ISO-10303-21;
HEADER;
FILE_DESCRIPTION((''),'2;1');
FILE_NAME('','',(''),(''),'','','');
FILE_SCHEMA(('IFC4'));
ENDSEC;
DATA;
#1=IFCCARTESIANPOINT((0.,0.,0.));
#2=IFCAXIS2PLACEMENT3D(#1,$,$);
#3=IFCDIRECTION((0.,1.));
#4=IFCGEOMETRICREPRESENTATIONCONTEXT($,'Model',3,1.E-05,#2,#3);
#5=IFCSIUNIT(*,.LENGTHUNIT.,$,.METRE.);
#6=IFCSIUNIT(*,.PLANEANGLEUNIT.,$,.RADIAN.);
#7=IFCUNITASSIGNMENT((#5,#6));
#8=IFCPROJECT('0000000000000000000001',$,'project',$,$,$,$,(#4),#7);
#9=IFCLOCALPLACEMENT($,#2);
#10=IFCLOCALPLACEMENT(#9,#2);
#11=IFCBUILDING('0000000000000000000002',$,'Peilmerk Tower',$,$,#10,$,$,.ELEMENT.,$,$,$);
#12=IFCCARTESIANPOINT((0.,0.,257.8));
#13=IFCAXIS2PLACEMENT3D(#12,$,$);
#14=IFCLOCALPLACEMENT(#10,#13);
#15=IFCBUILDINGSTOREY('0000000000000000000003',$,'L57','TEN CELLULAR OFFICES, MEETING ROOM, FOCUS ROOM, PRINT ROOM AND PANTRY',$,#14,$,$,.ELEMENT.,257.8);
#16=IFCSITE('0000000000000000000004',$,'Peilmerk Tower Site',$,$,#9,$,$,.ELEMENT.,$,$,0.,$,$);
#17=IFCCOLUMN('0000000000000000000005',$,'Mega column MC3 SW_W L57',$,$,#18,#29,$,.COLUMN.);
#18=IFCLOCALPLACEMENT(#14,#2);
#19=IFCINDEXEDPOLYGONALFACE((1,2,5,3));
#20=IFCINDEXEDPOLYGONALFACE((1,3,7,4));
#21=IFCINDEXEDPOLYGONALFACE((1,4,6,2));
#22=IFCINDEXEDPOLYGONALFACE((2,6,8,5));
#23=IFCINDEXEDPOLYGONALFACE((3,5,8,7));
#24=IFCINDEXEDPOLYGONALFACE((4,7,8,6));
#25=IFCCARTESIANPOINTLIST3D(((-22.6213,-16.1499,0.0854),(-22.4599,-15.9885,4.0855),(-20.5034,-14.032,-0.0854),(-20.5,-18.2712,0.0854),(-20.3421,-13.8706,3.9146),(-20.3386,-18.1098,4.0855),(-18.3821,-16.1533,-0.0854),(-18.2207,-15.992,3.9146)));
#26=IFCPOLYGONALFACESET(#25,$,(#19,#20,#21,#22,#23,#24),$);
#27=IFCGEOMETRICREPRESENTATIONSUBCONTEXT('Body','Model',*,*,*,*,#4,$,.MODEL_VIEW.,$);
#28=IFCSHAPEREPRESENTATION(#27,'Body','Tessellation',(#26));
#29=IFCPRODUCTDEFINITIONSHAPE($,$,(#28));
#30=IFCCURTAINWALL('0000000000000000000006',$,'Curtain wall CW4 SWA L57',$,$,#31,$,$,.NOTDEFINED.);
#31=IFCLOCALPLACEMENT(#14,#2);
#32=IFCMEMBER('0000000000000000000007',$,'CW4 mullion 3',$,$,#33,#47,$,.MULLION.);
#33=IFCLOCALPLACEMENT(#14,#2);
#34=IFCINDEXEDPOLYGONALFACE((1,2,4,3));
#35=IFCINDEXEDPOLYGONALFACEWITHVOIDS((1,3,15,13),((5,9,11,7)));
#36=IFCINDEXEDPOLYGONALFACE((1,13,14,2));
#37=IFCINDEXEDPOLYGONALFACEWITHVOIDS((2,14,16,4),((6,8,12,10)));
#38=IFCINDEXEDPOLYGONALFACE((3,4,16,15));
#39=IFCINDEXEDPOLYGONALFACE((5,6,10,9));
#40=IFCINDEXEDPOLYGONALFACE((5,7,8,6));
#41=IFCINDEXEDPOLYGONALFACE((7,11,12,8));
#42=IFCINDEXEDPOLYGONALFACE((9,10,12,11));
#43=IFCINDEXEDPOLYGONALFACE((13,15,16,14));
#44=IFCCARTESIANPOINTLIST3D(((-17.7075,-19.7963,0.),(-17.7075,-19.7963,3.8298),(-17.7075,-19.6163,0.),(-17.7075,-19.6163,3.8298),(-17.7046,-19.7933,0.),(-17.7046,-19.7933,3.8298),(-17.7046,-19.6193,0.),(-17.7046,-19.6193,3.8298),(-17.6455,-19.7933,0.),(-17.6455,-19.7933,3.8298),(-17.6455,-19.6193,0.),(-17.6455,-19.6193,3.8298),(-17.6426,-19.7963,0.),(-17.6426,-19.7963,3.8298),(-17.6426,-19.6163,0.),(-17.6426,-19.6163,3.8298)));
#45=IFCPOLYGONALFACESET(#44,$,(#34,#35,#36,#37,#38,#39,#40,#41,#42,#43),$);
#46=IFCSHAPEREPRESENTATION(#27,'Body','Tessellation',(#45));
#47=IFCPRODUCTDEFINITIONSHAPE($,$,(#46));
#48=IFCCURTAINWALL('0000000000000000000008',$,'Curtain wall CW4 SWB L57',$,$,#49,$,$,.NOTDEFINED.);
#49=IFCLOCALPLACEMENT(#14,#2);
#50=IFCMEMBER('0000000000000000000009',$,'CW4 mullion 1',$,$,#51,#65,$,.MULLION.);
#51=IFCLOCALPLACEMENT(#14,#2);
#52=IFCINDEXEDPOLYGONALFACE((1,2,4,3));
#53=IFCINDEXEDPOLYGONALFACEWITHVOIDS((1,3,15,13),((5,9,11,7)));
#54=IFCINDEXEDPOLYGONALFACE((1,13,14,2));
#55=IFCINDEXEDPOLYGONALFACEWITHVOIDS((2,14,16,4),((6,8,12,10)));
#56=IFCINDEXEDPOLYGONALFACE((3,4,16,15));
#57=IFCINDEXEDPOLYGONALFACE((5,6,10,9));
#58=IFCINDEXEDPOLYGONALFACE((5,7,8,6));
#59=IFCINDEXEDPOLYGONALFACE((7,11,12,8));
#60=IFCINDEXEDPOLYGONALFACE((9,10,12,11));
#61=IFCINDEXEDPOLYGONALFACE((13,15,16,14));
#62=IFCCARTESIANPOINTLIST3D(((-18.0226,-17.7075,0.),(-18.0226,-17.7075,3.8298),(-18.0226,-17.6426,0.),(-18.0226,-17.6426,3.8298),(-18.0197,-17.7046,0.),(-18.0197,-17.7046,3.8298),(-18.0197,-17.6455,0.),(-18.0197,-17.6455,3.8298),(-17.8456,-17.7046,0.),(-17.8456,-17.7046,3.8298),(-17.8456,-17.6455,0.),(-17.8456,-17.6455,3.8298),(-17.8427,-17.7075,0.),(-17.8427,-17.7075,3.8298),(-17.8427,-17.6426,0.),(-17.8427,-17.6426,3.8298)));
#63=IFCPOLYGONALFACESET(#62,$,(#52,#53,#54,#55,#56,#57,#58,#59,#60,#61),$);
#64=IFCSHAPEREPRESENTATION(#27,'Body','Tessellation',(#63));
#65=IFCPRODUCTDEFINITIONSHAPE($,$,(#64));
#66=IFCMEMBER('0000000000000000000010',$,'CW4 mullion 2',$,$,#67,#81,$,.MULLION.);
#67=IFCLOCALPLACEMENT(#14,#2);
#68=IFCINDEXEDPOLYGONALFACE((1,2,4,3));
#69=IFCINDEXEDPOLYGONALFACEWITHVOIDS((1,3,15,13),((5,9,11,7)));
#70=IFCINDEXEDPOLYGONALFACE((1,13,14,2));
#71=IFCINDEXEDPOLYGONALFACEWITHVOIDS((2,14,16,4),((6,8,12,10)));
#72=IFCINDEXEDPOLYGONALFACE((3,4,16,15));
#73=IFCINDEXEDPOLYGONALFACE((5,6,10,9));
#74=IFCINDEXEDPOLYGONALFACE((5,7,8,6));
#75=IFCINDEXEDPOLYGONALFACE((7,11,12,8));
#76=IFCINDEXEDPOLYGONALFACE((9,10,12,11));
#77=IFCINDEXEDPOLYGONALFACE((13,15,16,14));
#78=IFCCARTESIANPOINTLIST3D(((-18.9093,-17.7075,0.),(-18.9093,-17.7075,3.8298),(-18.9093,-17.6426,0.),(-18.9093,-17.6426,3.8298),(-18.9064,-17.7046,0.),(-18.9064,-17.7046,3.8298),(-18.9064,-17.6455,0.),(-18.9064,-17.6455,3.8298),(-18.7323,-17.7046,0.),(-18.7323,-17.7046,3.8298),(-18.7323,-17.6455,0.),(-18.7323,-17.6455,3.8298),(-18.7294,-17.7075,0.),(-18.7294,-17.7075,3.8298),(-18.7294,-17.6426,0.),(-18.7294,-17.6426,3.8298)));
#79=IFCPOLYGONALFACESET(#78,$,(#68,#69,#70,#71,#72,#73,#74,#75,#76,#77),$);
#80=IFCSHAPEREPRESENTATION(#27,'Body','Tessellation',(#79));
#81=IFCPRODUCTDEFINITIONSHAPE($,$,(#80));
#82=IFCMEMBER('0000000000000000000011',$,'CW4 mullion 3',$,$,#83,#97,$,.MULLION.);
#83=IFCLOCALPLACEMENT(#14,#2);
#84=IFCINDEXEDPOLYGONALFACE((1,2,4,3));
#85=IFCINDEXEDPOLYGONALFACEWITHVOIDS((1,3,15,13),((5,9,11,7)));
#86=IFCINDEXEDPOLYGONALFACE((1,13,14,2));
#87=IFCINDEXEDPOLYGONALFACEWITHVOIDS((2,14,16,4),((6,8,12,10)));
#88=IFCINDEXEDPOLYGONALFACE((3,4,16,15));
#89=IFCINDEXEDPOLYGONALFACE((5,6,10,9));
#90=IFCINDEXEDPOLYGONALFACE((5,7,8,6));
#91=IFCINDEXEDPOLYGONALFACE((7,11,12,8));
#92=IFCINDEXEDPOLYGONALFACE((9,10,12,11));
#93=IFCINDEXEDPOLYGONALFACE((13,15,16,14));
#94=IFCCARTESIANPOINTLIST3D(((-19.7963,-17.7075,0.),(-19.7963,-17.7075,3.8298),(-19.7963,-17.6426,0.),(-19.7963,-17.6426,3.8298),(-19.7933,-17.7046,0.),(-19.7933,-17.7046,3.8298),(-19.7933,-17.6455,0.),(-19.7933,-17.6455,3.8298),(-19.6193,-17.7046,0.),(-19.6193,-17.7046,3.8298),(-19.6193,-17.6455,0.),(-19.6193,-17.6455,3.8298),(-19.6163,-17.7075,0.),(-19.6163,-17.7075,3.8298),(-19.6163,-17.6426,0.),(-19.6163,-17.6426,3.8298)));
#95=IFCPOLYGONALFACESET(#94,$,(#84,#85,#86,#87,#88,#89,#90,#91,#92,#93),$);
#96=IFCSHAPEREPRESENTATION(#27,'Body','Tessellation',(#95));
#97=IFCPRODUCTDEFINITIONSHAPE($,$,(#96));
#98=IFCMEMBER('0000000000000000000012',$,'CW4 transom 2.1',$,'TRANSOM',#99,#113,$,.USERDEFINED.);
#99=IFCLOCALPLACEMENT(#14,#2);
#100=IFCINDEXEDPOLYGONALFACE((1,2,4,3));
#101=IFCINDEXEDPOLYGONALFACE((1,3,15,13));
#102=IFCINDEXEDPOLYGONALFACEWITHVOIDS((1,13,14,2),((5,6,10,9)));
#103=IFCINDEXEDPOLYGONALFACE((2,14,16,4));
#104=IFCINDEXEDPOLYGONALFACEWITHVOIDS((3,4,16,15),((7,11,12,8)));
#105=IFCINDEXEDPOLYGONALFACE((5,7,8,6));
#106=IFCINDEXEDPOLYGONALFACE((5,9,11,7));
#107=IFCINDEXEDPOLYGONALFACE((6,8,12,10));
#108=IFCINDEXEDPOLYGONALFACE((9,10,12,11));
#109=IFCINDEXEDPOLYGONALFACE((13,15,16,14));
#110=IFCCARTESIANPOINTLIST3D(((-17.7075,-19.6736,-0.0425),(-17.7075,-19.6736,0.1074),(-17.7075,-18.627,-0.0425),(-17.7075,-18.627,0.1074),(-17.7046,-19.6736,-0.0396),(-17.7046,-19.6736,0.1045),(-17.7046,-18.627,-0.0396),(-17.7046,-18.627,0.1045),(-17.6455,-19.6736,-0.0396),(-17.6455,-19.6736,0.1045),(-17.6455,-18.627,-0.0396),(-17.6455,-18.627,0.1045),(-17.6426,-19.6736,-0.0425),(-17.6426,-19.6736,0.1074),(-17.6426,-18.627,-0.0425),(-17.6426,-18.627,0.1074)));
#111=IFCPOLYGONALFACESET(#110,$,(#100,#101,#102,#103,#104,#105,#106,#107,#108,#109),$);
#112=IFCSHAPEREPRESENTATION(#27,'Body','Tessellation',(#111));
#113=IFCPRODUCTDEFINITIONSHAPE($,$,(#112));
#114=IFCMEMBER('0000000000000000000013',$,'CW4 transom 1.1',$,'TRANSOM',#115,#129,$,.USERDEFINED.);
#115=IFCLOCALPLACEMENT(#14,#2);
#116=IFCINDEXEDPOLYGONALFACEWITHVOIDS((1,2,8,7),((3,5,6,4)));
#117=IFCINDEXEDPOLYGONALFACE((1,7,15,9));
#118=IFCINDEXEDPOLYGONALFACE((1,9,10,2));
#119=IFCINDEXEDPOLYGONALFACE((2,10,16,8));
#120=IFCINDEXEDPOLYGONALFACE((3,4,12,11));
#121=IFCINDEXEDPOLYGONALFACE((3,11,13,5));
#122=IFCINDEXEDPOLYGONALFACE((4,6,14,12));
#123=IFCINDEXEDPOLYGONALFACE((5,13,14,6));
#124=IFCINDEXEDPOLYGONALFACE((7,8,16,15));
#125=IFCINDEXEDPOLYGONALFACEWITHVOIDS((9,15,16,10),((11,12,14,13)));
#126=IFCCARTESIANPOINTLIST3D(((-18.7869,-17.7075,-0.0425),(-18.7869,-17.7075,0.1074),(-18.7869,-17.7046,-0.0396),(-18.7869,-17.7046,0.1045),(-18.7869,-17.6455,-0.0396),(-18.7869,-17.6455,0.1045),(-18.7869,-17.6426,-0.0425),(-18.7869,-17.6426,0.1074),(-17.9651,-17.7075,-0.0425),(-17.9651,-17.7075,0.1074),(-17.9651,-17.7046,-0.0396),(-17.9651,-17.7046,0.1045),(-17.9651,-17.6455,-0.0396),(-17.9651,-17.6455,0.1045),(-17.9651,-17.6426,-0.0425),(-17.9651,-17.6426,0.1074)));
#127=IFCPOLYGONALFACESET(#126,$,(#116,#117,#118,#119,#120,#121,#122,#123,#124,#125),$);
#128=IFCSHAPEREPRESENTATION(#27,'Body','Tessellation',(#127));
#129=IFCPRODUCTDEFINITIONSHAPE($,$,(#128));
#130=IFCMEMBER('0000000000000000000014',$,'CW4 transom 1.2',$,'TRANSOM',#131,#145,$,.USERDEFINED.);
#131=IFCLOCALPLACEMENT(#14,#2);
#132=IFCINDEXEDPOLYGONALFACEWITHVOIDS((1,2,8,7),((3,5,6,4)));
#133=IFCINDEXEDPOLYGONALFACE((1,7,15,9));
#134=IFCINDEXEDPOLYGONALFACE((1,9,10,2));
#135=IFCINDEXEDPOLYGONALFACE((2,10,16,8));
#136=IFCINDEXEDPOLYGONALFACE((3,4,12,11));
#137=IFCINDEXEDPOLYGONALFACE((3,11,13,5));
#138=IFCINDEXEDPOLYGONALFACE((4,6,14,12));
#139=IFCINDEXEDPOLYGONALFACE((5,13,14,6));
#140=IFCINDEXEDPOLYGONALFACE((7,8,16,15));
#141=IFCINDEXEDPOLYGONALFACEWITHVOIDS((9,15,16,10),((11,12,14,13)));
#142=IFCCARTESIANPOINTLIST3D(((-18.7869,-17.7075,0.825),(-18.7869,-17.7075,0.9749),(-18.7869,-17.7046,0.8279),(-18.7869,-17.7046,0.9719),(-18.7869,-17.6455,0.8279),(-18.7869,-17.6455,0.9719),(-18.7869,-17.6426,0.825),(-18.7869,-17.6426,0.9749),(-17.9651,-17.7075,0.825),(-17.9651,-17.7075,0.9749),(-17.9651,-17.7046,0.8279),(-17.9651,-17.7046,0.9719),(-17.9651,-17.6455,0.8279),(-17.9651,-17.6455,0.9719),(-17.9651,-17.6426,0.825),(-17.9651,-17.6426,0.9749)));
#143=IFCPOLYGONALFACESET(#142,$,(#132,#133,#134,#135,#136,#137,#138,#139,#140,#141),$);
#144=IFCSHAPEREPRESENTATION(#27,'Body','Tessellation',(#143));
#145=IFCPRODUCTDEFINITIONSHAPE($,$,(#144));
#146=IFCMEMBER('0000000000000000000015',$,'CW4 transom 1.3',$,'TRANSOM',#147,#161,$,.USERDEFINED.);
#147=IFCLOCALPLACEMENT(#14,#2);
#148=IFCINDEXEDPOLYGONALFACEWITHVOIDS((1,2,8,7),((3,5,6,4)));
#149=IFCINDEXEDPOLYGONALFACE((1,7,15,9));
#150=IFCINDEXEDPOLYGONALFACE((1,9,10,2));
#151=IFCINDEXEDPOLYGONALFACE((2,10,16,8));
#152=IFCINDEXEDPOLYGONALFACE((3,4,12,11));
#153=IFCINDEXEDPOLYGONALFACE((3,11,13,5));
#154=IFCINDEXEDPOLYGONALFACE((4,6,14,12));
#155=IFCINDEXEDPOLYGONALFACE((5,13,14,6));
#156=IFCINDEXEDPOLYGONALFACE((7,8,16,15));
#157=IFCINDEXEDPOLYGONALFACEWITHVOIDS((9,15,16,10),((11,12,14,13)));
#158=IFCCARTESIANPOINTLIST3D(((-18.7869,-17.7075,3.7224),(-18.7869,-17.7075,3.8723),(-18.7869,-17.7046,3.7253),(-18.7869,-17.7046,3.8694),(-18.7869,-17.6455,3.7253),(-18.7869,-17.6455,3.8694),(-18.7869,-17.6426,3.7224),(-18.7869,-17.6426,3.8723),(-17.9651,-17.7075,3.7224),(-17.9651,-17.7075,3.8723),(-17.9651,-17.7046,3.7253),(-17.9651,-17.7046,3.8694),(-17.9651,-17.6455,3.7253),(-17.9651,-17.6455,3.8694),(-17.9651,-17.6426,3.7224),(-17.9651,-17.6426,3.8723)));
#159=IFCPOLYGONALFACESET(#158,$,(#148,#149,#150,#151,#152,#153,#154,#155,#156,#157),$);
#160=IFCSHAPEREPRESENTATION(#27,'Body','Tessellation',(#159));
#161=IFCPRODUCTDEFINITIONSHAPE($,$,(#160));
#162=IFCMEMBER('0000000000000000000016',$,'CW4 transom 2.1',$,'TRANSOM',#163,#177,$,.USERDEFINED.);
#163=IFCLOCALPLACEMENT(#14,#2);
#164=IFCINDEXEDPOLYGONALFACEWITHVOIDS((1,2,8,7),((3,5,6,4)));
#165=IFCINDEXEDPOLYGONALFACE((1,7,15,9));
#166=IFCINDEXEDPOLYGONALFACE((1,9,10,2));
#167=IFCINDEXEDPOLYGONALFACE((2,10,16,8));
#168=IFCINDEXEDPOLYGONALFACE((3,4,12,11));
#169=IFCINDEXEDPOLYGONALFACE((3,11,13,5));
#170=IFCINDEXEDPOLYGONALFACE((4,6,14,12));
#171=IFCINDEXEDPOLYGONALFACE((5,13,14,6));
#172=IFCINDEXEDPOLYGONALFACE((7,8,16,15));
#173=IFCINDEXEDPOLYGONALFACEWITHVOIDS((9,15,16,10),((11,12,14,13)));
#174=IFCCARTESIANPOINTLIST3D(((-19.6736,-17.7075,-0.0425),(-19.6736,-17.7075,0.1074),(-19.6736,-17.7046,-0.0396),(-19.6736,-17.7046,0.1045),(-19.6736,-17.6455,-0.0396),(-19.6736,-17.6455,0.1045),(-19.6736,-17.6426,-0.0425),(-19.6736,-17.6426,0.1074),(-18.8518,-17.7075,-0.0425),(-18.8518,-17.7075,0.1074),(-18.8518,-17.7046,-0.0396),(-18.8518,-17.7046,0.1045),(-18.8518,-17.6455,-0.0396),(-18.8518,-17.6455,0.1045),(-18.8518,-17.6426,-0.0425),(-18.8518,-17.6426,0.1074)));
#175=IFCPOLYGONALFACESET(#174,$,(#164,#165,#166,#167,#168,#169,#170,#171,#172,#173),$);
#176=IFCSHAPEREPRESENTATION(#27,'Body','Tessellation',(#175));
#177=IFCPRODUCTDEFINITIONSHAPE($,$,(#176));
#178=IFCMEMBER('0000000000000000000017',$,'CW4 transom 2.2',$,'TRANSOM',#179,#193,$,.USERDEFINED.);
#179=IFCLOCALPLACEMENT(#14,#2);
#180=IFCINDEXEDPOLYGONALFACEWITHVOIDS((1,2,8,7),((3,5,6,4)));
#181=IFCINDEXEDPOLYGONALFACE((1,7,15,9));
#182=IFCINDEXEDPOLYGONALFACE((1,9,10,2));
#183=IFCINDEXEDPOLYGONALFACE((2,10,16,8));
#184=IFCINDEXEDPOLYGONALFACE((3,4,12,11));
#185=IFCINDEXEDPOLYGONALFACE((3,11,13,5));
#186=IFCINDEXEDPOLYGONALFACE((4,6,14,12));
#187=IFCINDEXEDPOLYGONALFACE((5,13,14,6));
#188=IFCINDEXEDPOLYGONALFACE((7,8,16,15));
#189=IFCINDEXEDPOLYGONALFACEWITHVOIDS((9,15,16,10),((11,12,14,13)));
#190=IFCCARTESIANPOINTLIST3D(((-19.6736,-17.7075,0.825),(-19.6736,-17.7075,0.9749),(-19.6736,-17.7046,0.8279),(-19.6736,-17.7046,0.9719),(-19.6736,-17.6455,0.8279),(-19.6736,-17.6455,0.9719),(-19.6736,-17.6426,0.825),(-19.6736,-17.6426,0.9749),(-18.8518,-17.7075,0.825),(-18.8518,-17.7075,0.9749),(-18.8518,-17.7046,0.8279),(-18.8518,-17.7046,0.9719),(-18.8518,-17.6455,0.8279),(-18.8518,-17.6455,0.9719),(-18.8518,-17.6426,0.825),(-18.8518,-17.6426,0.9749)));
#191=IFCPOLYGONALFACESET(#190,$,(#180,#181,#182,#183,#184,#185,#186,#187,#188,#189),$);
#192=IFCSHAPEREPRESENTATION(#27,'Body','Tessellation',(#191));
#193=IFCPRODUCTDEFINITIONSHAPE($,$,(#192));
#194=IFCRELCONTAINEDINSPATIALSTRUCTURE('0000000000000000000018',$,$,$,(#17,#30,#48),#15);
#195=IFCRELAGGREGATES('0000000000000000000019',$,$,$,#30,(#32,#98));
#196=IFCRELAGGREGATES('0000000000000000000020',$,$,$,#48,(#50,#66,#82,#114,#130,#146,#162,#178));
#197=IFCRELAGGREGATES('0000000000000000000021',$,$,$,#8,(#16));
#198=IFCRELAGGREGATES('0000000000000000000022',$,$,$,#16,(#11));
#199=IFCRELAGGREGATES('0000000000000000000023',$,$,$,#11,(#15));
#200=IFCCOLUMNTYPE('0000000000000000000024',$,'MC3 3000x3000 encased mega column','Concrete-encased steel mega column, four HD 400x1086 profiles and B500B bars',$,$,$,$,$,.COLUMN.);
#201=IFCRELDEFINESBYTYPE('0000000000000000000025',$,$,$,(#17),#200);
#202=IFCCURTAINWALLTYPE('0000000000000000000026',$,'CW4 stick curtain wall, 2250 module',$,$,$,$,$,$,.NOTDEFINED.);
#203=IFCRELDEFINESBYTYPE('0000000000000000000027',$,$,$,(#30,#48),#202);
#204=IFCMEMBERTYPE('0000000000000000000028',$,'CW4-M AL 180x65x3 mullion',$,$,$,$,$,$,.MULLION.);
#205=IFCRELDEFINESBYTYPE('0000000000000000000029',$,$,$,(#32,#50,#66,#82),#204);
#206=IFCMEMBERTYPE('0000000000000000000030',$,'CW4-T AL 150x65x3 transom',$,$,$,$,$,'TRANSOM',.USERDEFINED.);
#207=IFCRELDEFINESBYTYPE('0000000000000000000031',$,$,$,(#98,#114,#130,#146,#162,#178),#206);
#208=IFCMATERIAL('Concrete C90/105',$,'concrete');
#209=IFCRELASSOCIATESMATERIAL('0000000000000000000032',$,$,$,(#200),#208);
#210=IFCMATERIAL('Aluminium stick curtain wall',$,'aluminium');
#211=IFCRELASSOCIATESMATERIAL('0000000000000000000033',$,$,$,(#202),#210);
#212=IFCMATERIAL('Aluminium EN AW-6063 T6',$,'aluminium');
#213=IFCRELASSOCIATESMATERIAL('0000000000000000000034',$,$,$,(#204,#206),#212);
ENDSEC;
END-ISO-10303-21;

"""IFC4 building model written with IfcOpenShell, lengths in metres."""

from ifc_helpers import new_model, si_unit, direction, frame, origin, origin_2d, place, context, subcontext, project, spatial, rectangle, hollow_rectangle, extrude, material, material_profile, profile_set, type_object, element, aggregate, save


model = new_model("IFC4")

# Units and contexts
model_context = context("Model", 3, precision=1e-05, world=origin(), true_north=direction((0.0, 1.0)))
body_context = subcontext(model_context, "Body", "Model", "MODEL_VIEW")
ifc_project = project(units=[si_unit("LENGTHUNIT", "METRE"), si_unit("PLANEANGLEUNIT", "RADIAN")], contexts=[model_context])

# Site, building, storey
site_placement = place(None, origin())
site = spatial("IfcSite", under=ifc_project, at=site_placement, Name="Peilmerk Tower Site", CompositionType="ELEMENT", RefElevation=0.0)
building_placement = place(site_placement, origin())
building = spatial("IfcBuilding", under=site, at=building_placement, Name="Peilmerk Tower", CompositionType="ELEMENT")
storey_placement = place(building_placement, frame((0.0, 0.0, 257.8)))
storey = spatial("IfcBuildingStorey", under=building, at=storey_placement, Name="L57", Description="TEN CELLULAR OFFICES, MEETING ROOM, FOCUS ROOM, PRINT ROOM AND PANTRY", CompositionType="ELEMENT", Elevation=257.8)

# Column
ifc_material_1 = material(Name="Concrete C90/105", Category="concrete")
ifc_material_profile_1 = material_profile(ifc_material_1, rectangle(XDim=3.0, YDim=3.0, at=origin_2d()), Name="RC 3000x3000")
ifc_profile_set_1 = profile_set([ifc_material_profile_1], Name="Concrete C90/105")
column_type = type_object("IfcColumnType", Name="MC3 3000x3000 encased mega column", Description="Concrete-encased steel mega column, four HD 400x1086 profiles and B500B bars", PredefinedType="COLUMN", material=ifc_profile_set_1)
column_placement = place(storey_placement, frame((-20.5017, -16.1516, 0.0), z_axis=(0.040279, 0.040279, 0.998376), x_axis=(-0.707107, 0.707107, 0.0)))
element("IfcColumn", 1, at=column_placement, inside=storey, type_object=column_type, Name="Mega column MC3 SW_W L57", PredefinedType="COLUMN", context=body_context, shape_type="SweptSolid", body=[
    extrude(rectangle(XDim=3.0, YDim=3.0, at=origin_2d()), origin(), (0.0, 0.0, 1.0), 4.0066),
])

# Curtain wall, member
ifc_material_2 = material(Name="Aluminium stick curtain wall", Category="aluminium")
curtain_wall_type = type_object("IfcCurtainWallType", Name="CW4 stick curtain wall, 2250 module", PredefinedType="NOTDEFINED", material=ifc_material_2)
curtain_wall_1_placement = place(storey_placement, origin())
curtain_wall_1 = element("IfcCurtainWall", 2, at=curtain_wall_1_placement, inside=storey, type_object=curtain_wall_type, Name="Curtain wall CW4 SWA L57", PredefinedType="NOTDEFINED")
ifc_material_3 = material(Name="Aluminium EN AW-6063 T6", Category="aluminium")
ifc_material_profile_2 = material_profile(ifc_material_3, hollow_rectangle(XDim=0.0649, YDim=0.1799, WallThickness=0.0029, at=origin_2d()), Name="AL 180x65x3")
ifc_profile_set_2 = profile_set([ifc_material_profile_2], Name="Aluminium EN AW-6063 T6")
member_type_1 = type_object("IfcMemberType", Name="CW4-M AL 180x65x3 mullion", PredefinedType="MULLION", material=ifc_profile_set_2)
member_1_placement = place(storey_placement, frame((-17.675, -19.7063, 0.0), z_axis=(0.0, 0.0, 1.0), x_axis=(1.0, 0.0, 0.0)))
member_1 = element("IfcMember", 3, at=member_1_placement, type_object=member_type_1, Name="CW4 mullion 3", PredefinedType="MULLION", context=body_context, shape_type="SweptSolid", body=[
    extrude(hollow_rectangle(XDim=0.0649, YDim=0.1799, WallThickness=0.0029, at=origin_2d()), origin(), (0.0, 0.0, 1.0), 3.8298),
])

# Curtain wall, members
curtain_wall_2_placement = place(storey_placement, origin())
curtain_wall_2 = element("IfcCurtainWall", 4, at=curtain_wall_2_placement, inside=storey, type_object=curtain_wall_type, Name="Curtain wall CW4 SWB L57", PredefinedType="NOTDEFINED")
member_2_placement = place(storey_placement, frame((-17.9326, -17.675, 0.0), z_axis=(0.0, 0.0, 1.0), x_axis=(0.0, -1.0, 0.0)))
member_2 = element("IfcMember", 5, at=member_2_placement, type_object=member_type_1, Name="CW4 mullion 1", PredefinedType="MULLION", context=body_context, shape_type="SweptSolid", body=[
    extrude(hollow_rectangle(XDim=0.0649, YDim=0.1799, WallThickness=0.0029, at=origin_2d()), origin(), (0.0, 0.0, 1.0), 3.8298),
])
member_3_placement = place(storey_placement, frame((-18.8193, -17.675, 0.0), z_axis=(0.0, 0.0, 1.0), x_axis=(0.0, -1.0, 0.0)))
member_3 = element("IfcMember", 6, at=member_3_placement, type_object=member_type_1, Name="CW4 mullion 2", PredefinedType="MULLION", context=body_context, shape_type="SweptSolid", body=[
    extrude(hollow_rectangle(XDim=0.0649, YDim=0.1799, WallThickness=0.0029, at=origin_2d()), origin(), (0.0, 0.0, 1.0), 3.8298),
])
member_4_placement = place(storey_placement, frame((-19.7063, -17.675, 0.0), z_axis=(0.0, 0.0, 1.0), x_axis=(0.0, -1.0, 0.0)))
member_4 = element("IfcMember", 7, at=member_4_placement, type_object=member_type_1, Name="CW4 mullion 3", PredefinedType="MULLION", context=body_context, shape_type="SweptSolid", body=[
    extrude(hollow_rectangle(XDim=0.0649, YDim=0.1799, WallThickness=0.0029, at=origin_2d()), origin(), (0.0, 0.0, 1.0), 3.8298),
])

# Members
ifc_material_profile_3 = material_profile(ifc_material_3, hollow_rectangle(XDim=0.0649, YDim=0.1499, WallThickness=0.0029, at=origin_2d()), Name="AL 150x65x3")
ifc_profile_set_3 = profile_set([ifc_material_profile_3], Name="Aluminium EN AW-6063 T6")
member_type_2 = type_object("IfcMemberType", Name="CW4-T AL 150x65x3 transom", ElementType="TRANSOM", PredefinedType="USERDEFINED", material=ifc_profile_set_3)
member_5_placement = place(storey_placement, frame((-17.675, -18.627, 0.0325), z_axis=(0.0, -1.0, 0.0), x_axis=(1.0, 0.0, 0.0)))
member_5 = element("IfcMember", 8, at=member_5_placement, type_object=member_type_2, Name="CW4 transom 2.1", ObjectType="TRANSOM", PredefinedType="USERDEFINED", context=body_context, shape_type="SweptSolid", body=[
    extrude(hollow_rectangle(XDim=0.0649, YDim=0.1499, WallThickness=0.0029, at=origin_2d()), origin(), (0.0, 0.0, 1.0), 1.0466),
])
member_6_placement = place(storey_placement, frame((-17.9651, -17.675, 0.0325), z_axis=(-1.0, 0.0, 0.0), x_axis=(0.0, -1.0, 0.0)))
member_6 = element("IfcMember", 9, at=member_6_placement, type_object=member_type_2, Name="CW4 transom 1.1", ObjectType="TRANSOM", PredefinedType="USERDEFINED", context=body_context, shape_type="SweptSolid", body=[
    extrude(hollow_rectangle(XDim=0.0649, YDim=0.1499, WallThickness=0.0029, at=origin_2d()), origin(), (0.0, 0.0, 1.0), 0.8218),
])
member_7_placement = place(storey_placement, frame((-17.9651, -17.675, 0.8999), z_axis=(-1.0, 0.0, 0.0), x_axis=(0.0, -1.0, 0.0)))
member_7 = element("IfcMember", 10, at=member_7_placement, type_object=member_type_2, Name="CW4 transom 1.2", ObjectType="TRANSOM", PredefinedType="USERDEFINED", context=body_context, shape_type="SweptSolid", body=[
    extrude(hollow_rectangle(XDim=0.0649, YDim=0.1499, WallThickness=0.0029, at=origin_2d()), origin(), (0.0, 0.0, 1.0), 0.8218),
])
member_8_placement = place(storey_placement, frame((-17.9651, -17.675, 3.7974), z_axis=(-1.0, 0.0, 0.0), x_axis=(0.0, -1.0, 0.0)))
member_8 = element("IfcMember", 11, at=member_8_placement, type_object=member_type_2, Name="CW4 transom 1.3", ObjectType="TRANSOM", PredefinedType="USERDEFINED", context=body_context, shape_type="SweptSolid", body=[
    extrude(hollow_rectangle(XDim=0.0649, YDim=0.1499, WallThickness=0.0029, at=origin_2d()), origin(), (0.0, 0.0, 1.0), 0.8218),
])
member_9_placement = place(storey_placement, frame((-18.8518, -17.675, 0.0325), z_axis=(-1.0, 0.0, 0.0), x_axis=(0.0, -1.0, 0.0)))
member_9 = element("IfcMember", 12, at=member_9_placement, type_object=member_type_2, Name="CW4 transom 2.1", ObjectType="TRANSOM", PredefinedType="USERDEFINED", context=body_context, shape_type="SweptSolid", body=[
    extrude(hollow_rectangle(XDim=0.0649, YDim=0.1499, WallThickness=0.0029, at=origin_2d()), origin(), (0.0, 0.0, 1.0), 0.8218),
])
member_10_placement = place(storey_placement, frame((-18.8518, -17.675, 0.8999), z_axis=(-1.0, 0.0, 0.0), x_axis=(0.0, -1.0, 0.0)))
member_10 = element("IfcMember", 13, at=member_10_placement, type_object=member_type_2, Name="CW4 transom 2.2", ObjectType="TRANSOM", PredefinedType="USERDEFINED", context=body_context, shape_type="SweptSolid", body=[
    extrude(hollow_rectangle(XDim=0.0649, YDim=0.1499, WallThickness=0.0029, at=origin_2d()), origin(), (0.0, 0.0, 1.0), 0.8218),
])

aggregate(curtain_wall_1, [member_1, member_5])
aggregate(curtain_wall_2, [member_2, member_3, member_4, member_6, member_7, member_8, member_9, member_10])

save(model, "model.ifc")
